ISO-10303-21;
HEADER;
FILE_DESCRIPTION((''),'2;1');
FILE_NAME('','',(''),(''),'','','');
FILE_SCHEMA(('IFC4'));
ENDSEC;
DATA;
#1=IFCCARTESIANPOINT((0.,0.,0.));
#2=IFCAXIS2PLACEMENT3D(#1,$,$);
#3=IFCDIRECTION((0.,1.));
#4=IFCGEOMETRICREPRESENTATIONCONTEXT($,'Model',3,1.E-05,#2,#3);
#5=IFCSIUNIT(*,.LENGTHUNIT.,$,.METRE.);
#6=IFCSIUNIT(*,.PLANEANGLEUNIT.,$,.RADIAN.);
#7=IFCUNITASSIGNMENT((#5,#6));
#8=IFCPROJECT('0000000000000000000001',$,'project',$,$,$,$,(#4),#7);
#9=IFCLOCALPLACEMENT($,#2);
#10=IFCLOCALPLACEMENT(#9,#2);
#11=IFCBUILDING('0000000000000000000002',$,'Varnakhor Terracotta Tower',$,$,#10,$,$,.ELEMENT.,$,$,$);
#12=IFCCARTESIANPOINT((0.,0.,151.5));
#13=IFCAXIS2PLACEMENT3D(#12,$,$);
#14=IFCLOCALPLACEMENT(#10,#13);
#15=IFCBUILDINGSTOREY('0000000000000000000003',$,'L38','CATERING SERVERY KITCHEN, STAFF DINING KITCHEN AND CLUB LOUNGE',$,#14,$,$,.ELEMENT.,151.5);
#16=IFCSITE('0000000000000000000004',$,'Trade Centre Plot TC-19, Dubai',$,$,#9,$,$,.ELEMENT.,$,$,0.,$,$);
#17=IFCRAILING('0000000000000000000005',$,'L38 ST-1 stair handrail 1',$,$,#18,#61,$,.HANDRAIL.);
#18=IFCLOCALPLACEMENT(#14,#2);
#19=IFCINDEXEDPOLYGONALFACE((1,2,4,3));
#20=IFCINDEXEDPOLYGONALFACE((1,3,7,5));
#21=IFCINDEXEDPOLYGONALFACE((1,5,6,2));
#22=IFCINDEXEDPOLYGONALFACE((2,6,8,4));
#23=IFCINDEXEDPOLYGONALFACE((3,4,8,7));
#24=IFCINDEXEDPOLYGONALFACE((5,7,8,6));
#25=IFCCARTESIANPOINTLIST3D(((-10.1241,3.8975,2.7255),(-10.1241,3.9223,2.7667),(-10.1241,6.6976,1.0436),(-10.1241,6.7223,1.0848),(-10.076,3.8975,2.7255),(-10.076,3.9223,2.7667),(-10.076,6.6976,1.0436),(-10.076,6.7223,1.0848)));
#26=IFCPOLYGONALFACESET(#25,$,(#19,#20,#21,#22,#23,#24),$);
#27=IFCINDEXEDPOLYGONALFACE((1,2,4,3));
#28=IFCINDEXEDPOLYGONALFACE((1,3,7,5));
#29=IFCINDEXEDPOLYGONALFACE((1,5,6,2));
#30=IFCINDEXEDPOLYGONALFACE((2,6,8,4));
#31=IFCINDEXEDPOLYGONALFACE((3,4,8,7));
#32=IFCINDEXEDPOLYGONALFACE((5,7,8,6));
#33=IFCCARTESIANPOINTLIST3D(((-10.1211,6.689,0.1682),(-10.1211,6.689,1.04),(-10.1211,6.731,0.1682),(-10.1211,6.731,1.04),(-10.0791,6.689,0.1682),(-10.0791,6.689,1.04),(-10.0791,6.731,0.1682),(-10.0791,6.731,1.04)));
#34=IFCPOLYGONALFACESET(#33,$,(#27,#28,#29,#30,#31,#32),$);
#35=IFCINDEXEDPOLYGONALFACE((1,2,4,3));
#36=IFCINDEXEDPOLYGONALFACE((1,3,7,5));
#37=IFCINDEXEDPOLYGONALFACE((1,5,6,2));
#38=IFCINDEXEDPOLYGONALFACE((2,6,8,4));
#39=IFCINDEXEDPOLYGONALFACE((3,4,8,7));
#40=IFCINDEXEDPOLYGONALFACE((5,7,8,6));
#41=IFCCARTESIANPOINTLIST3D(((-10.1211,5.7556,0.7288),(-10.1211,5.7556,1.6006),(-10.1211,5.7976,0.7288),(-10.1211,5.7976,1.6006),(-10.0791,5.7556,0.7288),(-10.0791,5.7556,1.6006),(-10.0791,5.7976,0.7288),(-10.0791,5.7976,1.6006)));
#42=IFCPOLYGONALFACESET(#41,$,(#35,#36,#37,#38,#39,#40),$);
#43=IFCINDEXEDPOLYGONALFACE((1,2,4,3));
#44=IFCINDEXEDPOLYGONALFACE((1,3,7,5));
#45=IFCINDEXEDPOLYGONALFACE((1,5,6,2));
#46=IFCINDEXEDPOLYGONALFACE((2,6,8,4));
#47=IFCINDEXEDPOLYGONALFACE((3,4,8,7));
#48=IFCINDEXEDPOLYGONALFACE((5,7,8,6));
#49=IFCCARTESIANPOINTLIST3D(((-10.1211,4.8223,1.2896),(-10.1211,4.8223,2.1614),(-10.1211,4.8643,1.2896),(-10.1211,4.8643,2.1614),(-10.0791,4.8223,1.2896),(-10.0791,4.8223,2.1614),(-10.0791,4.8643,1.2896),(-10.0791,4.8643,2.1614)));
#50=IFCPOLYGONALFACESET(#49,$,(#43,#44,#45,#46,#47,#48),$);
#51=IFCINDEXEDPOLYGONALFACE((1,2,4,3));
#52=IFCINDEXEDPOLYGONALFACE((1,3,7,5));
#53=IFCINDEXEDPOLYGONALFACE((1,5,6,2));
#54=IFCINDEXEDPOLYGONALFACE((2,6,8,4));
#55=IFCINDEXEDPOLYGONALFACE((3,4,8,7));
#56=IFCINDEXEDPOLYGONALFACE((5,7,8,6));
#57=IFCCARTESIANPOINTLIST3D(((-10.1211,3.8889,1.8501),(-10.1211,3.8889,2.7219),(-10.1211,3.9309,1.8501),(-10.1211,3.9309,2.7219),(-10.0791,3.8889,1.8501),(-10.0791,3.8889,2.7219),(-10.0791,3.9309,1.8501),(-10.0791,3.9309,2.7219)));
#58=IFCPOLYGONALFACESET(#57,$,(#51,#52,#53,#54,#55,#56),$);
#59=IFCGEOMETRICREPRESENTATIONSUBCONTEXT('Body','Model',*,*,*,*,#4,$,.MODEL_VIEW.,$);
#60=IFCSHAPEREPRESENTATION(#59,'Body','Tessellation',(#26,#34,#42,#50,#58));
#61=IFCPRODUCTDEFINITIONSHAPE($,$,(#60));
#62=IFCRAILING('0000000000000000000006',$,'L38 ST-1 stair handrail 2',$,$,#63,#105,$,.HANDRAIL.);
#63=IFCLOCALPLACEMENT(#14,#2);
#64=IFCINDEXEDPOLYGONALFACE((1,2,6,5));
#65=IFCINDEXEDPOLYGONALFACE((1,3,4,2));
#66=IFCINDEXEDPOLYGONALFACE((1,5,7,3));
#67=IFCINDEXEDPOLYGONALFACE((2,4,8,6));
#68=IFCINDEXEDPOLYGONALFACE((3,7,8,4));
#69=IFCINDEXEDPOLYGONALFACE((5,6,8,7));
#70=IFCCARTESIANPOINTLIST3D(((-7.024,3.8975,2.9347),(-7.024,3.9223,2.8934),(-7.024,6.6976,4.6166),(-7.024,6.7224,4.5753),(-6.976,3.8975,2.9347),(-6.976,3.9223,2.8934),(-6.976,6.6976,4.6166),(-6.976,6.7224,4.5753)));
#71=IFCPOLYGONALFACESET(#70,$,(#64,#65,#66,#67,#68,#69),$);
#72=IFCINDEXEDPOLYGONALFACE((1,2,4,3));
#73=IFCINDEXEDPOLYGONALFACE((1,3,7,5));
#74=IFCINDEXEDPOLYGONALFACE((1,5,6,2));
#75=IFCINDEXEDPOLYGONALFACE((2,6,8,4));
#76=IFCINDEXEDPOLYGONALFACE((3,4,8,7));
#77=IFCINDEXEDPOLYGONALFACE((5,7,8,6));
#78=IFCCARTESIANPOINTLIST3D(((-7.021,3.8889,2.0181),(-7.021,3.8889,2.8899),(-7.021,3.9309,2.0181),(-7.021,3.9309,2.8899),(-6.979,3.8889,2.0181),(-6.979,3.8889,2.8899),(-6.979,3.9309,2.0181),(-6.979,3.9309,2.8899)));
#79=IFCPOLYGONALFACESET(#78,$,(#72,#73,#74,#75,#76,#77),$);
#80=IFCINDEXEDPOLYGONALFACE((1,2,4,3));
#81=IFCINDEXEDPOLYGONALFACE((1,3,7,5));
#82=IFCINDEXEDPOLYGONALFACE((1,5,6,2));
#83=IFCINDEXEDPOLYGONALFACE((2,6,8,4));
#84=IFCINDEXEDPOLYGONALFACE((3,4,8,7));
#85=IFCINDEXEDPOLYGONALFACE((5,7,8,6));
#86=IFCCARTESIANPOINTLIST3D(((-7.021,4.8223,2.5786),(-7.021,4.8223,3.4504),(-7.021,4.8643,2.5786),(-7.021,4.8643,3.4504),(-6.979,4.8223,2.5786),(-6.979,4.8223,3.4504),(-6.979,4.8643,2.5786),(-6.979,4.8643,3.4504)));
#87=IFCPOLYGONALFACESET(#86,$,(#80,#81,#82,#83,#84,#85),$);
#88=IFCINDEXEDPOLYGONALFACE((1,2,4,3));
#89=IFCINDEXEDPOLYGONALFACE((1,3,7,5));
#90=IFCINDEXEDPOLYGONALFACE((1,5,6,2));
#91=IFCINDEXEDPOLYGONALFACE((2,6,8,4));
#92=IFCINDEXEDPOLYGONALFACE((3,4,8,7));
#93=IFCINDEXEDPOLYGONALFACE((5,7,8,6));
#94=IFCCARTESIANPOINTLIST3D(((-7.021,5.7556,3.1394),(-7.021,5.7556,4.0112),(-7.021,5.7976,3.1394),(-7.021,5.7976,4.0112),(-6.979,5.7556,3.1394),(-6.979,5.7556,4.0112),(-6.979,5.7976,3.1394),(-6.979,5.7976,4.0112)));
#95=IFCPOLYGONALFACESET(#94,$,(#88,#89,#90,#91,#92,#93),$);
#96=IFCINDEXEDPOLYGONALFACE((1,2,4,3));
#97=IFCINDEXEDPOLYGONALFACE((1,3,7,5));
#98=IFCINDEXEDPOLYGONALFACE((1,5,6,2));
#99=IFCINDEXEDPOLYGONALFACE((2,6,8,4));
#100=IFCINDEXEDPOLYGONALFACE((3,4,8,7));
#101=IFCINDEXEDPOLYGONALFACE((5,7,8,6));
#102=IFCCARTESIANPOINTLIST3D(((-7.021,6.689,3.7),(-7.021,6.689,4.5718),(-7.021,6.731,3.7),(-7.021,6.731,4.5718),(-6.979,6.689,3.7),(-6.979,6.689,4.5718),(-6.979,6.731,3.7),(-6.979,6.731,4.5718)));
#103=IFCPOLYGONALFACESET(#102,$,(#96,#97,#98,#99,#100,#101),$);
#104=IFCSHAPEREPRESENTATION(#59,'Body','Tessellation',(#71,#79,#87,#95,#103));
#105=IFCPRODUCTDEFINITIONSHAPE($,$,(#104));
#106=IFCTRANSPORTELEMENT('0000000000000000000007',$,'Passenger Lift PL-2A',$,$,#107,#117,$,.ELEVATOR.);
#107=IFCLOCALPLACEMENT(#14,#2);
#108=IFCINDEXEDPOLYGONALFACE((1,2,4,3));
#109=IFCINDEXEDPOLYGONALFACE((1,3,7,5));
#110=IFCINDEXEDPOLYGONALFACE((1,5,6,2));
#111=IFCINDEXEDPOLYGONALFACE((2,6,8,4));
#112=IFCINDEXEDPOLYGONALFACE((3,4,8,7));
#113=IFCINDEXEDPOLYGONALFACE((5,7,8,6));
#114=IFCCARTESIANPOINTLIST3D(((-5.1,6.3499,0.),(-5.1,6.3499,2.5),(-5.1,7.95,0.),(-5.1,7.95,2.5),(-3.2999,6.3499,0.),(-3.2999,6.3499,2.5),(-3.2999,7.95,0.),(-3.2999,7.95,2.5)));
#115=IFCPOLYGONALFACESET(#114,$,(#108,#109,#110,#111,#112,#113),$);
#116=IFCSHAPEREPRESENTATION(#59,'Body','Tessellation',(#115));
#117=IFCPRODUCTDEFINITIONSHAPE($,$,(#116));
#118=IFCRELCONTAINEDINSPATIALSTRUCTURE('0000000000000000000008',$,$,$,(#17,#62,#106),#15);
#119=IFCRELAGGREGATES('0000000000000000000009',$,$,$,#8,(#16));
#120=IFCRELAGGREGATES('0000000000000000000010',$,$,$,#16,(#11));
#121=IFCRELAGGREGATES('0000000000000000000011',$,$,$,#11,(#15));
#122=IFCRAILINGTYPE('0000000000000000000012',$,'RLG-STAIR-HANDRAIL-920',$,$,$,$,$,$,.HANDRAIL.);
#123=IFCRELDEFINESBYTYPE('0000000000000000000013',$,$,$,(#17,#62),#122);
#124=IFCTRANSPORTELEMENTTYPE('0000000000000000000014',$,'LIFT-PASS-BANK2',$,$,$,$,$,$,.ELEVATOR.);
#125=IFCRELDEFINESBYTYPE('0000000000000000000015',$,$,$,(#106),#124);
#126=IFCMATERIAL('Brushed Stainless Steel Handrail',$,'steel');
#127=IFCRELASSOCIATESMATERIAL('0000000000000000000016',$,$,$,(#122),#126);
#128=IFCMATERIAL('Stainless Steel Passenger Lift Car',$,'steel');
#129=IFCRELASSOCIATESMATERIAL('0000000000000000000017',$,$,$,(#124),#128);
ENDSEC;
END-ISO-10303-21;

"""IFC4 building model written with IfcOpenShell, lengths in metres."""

from ifc_helpers import new_model, si_unit, direction, frame, origin, origin_2d, place, context, subcontext, project, spatial, rectangle, extrude, source, transform, mapped, material, type_object, type_shapes, element, save


model = new_model("IFC4")

# Units and contexts
model_context = context("Model", 3, precision=1e-05, world=origin(), true_north=direction((0.0, 1.0)))
body_context = subcontext(model_context, "Body", "Model", "MODEL_VIEW")
ifc_project = project(units=[si_unit("LENGTHUNIT", "METRE"), si_unit("PLANEANGLEUNIT", "RADIAN")], contexts=[model_context])

# Site, building, storey
site_placement = place(None, origin())
site = spatial("IfcSite", under=ifc_project, at=site_placement, Name="Trade Centre Plot TC-19, Dubai", CompositionType="ELEMENT", RefElevation=0.0)
building_placement = place(site_placement, origin())
building = spatial("IfcBuilding", under=site, at=building_placement, Name="Varnakhor Terracotta Tower", CompositionType="ELEMENT")
storey_placement = place(building_placement, frame((0.0, 0.0, 151.5)))
storey = spatial("IfcBuildingStorey", under=building, at=storey_placement, Name="L38", Description="CATERING SERVERY KITCHEN, STAFF DINING KITCHEN AND CLUB LOUNGE", CompositionType="ELEMENT", Elevation=151.5)

# Railings
ifc_material_1 = material(Name="Brushed Stainless Steel Handrail", Category="steel")
railing_type_1 = type_object("IfcRailingType", Name="RLG-STAIR-HANDRAIL-920", PredefinedType="HANDRAIL", material=ifc_material_1)
railing_1_placement = place(storey_placement, frame((-10.1001, 6.71, 0.1682)))
element("IfcRailing", 1, at=railing_1_placement, inside=storey, type_object=railing_type_1, Name="L38 ST-1 stair handrail 1", PredefinedType="HANDRAIL", context=body_context, shape_type="SweptSolid", body=[
    extrude(rectangle(XDim=0.0481, YDim=0.0481, at=origin_2d()), frame((0.0, 0.0, 0.896), z_axis=(0.0, -0.857242, 0.514913), x_axis=(1.0, 0.0, 0.0)), (0.0, 0.0, 1.0), 3.2664),
    extrude(rectangle(XDim=0.042, YDim=0.042, at=origin_2d()), origin(), (0.0, 0.0, 1.0), 0.8718),
    extrude(rectangle(XDim=0.042, YDim=0.042, at=origin_2d()), frame((0.0, -0.9333, 0.5605)), (0.0, 0.0, 1.0), 0.8718),
    extrude(rectangle(XDim=0.042, YDim=0.042, at=origin_2d()), frame((0.0, -1.8667, 1.1213)), (0.0, 0.0, 1.0), 0.8718),
    extrude(rectangle(XDim=0.042, YDim=0.042, at=origin_2d()), frame((0.0, -2.8, 1.6819)), (0.0, 0.0, 1.0), 0.8718),
])
railing_2_placement = place(storey_placement, frame((-7.0, 3.9099, 2.0181)))
element("IfcRailing", 2, at=railing_2_placement, inside=storey, type_object=railing_type_1, Name="L38 ST-1 stair handrail 2", PredefinedType="HANDRAIL", context=body_context, shape_type="SweptSolid", body=[
    extrude(rectangle(XDim=0.0481, YDim=0.0481, at=origin_2d()), frame((0.0, 0.0, 0.896), z_axis=(0.0, 0.857242, 0.514913), x_axis=(-1.0, 0.0, 0.0)), (0.0, 0.0, 1.0), 3.2664),
    extrude(rectangle(XDim=0.042, YDim=0.042, at=origin_2d()), origin(), (0.0, 0.0, 1.0), 0.8718),
    extrude(rectangle(XDim=0.042, YDim=0.042, at=origin_2d()), frame((0.0, 0.9333, 0.5605)), (0.0, 0.0, 1.0), 0.8718),
    extrude(rectangle(XDim=0.042, YDim=0.042, at=origin_2d()), frame((0.0, 1.8667, 1.1213)), (0.0, 0.0, 1.0), 0.8718),
    extrude(rectangle(XDim=0.042, YDim=0.042, at=origin_2d()), frame((0.0, 2.8, 1.6819)), (0.0, 0.0, 1.0), 0.8718),
])

# Transport element
ifc_material_2 = material(Name="Stainless Steel Passenger Lift Car", Category="steel")
transport_element_type = type_object("IfcTransportElementType", Name="LIFT-PASS-BANK2", PredefinedType="ELEVATOR", material=ifc_material_2)
shared_shape_1 = source(origin(), body_context, "Body", "SweptSolid", [
    extrude(rectangle(XDim=1.8, YDim=1.6001, at=origin_2d()), origin(), (0.0, 0.0, 1.0), 2.5),
])
type_shapes(transport_element_type, [shared_shape_1])
transport_element_placement = place(storey_placement, frame((-4.2, 7.1499, 0.0), z_axis=(0.0, 0.0, 1.0), x_axis=(1.0, 0.0, 0.0)))
element("IfcTransportElement", 3, at=transport_element_placement, inside=storey, type_object=transport_element_type, Name="Passenger Lift PL-2A", PredefinedType="ELEVATOR", context=body_context, shape_type="MappedRepresentation", body=[
    mapped(shared_shape_1, transform((0.0, 0.0, 0.0), scale=1.0)),
])

save(model, "model.ifc")
